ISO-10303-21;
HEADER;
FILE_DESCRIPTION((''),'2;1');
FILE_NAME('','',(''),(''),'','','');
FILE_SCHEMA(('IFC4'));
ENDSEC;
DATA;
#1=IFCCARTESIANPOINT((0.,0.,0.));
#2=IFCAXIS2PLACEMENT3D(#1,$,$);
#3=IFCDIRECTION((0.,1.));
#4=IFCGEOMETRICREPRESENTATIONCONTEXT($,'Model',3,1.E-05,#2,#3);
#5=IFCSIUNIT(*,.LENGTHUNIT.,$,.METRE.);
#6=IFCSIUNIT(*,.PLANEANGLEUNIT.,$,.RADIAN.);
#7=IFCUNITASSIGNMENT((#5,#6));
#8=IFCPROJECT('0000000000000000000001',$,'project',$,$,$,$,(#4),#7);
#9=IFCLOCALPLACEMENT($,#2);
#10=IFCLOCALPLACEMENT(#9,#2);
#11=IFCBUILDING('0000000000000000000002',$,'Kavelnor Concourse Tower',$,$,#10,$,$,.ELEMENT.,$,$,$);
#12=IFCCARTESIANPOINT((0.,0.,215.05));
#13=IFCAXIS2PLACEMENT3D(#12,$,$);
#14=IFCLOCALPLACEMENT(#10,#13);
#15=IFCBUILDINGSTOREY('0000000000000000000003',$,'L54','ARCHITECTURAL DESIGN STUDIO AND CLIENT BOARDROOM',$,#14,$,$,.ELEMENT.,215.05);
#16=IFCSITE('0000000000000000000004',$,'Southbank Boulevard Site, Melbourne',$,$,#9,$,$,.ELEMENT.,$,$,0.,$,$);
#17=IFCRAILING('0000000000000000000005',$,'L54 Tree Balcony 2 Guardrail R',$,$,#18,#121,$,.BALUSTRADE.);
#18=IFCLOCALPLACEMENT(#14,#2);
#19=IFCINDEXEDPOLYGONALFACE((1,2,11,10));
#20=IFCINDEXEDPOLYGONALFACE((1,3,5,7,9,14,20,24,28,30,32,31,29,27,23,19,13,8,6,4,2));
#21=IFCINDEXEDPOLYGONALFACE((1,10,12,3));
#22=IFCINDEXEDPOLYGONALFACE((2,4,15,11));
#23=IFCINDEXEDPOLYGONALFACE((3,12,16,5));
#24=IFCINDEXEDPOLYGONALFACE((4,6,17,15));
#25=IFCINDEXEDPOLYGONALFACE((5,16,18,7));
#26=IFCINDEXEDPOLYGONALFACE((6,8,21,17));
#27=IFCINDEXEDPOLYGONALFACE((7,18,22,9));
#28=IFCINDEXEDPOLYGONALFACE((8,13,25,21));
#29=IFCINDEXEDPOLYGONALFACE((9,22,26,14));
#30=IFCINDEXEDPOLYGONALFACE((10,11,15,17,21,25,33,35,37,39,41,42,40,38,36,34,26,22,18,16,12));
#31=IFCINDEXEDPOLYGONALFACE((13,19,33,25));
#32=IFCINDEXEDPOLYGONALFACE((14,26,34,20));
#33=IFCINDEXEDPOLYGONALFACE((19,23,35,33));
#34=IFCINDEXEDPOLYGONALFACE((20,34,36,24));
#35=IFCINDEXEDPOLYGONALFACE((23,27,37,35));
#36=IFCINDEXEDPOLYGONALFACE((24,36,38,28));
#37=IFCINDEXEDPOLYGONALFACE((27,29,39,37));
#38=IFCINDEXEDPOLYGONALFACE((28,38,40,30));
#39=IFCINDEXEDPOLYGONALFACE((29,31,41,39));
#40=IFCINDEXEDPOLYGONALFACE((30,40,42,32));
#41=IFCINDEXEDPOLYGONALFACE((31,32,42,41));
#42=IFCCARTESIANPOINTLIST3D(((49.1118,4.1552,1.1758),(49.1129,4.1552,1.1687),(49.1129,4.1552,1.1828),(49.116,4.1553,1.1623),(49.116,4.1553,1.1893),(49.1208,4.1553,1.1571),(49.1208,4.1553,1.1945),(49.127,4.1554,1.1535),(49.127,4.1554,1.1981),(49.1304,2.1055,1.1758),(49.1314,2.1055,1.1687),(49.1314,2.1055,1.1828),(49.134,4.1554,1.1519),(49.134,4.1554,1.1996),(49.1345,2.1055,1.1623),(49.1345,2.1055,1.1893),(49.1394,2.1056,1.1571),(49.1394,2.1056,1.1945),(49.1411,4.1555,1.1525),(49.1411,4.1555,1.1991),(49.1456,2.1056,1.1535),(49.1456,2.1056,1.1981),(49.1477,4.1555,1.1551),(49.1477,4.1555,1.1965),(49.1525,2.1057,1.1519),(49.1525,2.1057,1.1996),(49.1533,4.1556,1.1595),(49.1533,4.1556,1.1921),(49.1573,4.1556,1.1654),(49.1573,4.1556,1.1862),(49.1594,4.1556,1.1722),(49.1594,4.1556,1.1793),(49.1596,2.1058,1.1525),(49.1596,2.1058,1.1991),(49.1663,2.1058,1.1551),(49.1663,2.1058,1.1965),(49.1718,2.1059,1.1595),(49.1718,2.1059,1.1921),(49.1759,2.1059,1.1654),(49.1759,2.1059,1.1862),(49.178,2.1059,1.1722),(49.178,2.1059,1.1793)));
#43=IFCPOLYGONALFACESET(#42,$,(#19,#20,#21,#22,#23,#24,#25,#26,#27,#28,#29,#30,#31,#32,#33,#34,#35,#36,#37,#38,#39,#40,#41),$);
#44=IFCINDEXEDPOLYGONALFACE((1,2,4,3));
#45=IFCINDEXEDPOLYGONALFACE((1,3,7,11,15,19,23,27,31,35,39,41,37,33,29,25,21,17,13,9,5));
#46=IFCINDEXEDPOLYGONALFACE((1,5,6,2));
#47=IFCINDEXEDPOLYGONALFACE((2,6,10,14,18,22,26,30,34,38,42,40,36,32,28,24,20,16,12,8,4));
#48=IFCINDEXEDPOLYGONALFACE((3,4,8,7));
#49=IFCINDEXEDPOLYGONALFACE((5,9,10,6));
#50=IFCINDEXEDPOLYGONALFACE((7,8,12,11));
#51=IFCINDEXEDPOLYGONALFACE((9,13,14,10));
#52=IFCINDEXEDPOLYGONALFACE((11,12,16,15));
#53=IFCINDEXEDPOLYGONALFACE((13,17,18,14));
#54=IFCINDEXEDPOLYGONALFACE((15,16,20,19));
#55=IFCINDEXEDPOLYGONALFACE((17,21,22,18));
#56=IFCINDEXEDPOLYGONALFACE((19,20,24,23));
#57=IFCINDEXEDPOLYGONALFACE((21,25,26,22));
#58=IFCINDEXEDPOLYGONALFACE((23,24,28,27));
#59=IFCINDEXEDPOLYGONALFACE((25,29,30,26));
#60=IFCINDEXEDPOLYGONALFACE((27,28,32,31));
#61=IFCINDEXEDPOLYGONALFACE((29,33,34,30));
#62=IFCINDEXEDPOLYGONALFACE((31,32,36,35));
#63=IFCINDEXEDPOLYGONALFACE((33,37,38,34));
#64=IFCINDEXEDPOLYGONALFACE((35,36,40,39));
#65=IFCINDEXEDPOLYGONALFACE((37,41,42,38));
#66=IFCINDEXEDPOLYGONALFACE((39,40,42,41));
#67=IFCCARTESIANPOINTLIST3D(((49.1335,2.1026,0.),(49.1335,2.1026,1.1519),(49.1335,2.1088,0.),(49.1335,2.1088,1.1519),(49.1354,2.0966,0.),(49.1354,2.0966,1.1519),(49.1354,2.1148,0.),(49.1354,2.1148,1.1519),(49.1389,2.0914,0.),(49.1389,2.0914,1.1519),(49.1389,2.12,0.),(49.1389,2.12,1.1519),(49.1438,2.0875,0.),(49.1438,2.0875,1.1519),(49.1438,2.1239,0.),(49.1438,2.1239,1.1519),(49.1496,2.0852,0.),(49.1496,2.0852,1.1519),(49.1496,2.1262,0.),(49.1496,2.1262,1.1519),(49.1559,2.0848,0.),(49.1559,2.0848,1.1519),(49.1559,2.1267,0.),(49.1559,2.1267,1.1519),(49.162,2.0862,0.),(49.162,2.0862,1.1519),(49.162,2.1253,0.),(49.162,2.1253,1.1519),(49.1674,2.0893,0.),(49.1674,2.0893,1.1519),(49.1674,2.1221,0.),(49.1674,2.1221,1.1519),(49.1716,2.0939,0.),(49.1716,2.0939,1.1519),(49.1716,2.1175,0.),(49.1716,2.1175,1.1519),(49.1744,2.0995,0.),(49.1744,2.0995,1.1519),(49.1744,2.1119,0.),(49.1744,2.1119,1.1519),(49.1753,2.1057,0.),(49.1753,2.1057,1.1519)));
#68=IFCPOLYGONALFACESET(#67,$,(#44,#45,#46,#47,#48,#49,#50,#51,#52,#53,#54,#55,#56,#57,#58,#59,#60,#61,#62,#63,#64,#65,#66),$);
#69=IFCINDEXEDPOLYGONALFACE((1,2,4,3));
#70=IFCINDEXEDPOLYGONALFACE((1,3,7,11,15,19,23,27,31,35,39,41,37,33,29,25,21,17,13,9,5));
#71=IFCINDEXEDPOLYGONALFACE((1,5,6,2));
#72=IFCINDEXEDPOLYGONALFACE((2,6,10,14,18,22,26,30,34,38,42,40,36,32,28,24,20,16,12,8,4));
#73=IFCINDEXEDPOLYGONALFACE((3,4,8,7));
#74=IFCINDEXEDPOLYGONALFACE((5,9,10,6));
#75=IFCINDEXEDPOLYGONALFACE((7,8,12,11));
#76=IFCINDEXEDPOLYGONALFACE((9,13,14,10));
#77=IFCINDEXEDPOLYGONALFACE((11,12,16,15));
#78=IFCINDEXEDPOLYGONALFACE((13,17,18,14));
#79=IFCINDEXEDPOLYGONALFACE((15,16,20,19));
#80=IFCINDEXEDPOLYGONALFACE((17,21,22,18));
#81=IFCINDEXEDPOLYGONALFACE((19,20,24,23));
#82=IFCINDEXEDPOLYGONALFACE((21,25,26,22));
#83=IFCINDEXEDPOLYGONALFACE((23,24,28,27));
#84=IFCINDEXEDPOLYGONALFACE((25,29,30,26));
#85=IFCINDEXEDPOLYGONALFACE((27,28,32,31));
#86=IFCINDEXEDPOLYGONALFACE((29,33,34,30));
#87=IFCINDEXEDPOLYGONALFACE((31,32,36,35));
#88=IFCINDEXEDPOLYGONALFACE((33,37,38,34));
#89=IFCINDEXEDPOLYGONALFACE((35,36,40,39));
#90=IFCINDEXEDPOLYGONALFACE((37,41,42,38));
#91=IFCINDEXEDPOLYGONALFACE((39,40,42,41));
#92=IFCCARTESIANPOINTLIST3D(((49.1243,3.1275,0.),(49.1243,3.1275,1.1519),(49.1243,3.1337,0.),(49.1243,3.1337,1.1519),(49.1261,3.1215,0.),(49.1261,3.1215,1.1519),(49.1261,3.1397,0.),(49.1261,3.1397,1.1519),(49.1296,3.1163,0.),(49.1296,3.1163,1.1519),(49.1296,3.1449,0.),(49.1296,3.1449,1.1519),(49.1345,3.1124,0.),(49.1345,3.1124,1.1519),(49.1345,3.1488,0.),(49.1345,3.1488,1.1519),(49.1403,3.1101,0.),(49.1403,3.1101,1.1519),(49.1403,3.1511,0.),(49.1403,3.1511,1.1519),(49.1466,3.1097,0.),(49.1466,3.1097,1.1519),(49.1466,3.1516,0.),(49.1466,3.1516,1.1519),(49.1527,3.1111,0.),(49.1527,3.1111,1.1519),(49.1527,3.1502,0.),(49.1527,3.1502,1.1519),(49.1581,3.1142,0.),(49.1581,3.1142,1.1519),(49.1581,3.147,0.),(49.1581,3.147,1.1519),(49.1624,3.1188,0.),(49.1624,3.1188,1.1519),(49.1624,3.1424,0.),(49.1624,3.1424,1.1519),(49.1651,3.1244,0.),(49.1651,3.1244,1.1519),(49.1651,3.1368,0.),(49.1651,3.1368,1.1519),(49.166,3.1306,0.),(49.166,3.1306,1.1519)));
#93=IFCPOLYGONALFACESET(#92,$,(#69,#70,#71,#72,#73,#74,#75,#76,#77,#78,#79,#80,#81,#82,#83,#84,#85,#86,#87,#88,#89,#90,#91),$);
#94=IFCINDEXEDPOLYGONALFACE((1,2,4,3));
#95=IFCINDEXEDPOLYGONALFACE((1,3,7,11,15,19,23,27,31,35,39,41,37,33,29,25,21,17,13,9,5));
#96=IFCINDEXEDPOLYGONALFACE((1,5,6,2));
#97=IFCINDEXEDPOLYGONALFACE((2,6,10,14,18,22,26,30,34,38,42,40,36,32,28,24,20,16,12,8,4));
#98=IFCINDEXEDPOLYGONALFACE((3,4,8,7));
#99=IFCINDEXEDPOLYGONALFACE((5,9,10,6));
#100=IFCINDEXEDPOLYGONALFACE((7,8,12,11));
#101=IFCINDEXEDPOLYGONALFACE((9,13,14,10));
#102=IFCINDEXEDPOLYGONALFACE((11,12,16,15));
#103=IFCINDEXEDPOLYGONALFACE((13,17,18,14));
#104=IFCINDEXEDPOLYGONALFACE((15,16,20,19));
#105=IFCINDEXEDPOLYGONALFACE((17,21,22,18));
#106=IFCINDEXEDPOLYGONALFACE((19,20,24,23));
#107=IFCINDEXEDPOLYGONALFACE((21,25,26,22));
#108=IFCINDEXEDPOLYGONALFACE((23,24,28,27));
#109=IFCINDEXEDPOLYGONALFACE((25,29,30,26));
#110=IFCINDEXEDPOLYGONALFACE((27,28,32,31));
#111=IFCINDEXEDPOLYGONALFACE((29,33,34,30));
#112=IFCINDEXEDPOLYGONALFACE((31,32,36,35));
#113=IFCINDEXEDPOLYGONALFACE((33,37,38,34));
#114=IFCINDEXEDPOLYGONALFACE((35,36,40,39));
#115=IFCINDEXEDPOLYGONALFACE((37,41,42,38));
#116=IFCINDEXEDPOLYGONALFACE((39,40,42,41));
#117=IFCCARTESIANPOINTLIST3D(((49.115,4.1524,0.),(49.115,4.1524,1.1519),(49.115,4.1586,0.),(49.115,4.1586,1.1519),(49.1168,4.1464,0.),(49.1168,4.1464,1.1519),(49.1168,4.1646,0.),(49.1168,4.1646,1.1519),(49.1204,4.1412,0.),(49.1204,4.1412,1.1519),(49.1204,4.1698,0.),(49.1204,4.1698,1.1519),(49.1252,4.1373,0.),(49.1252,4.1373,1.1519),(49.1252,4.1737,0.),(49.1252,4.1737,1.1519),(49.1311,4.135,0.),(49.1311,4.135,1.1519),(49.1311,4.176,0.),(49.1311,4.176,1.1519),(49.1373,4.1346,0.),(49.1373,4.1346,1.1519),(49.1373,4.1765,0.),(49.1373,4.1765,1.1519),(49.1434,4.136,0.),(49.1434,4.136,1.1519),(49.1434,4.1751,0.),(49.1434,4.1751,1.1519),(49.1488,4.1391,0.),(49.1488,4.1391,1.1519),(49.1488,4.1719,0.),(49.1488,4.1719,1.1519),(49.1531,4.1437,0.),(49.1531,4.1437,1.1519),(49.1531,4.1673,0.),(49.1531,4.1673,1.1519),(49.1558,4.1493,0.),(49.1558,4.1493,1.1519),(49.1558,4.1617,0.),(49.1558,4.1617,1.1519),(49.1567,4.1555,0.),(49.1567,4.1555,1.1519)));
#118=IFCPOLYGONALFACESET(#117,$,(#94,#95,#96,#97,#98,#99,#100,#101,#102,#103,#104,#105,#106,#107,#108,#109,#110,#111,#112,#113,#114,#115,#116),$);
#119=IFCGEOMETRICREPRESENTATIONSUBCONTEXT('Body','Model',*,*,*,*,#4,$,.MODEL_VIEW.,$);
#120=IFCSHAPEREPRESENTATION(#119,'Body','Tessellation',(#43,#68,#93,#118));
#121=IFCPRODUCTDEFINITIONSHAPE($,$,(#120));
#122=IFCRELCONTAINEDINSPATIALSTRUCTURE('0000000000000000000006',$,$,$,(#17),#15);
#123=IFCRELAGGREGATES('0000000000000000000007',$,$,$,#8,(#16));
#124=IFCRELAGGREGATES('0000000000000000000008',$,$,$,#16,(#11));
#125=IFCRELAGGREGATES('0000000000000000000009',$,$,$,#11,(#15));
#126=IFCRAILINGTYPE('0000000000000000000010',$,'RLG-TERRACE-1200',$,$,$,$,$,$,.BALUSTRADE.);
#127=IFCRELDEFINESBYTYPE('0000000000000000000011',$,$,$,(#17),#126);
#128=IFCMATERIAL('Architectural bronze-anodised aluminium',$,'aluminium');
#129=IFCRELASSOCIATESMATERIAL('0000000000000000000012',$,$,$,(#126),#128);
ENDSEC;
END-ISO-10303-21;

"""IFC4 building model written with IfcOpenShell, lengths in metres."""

from ifc_helpers import new_model, si_unit, direction, frame, origin, origin_2d, place, context, subcontext, project, spatial, circle, extrude, material, type_object, element, save


model = new_model("IFC4")

# Units and contexts
model_context = context("Model", 3, precision=1e-05, world=origin(), true_north=direction((0.0, 1.0)))
body_context = subcontext(model_context, "Body", "Model", "MODEL_VIEW")
ifc_project = project(units=[si_unit("LENGTHUNIT", "METRE"), si_unit("PLANEANGLEUNIT", "RADIAN")], contexts=[model_context])

# Site, building, storey
site_placement = place(None, origin())
site = spatial("IfcSite", under=ifc_project, at=site_placement, Name="Southbank Boulevard Site, Melbourne", CompositionType="ELEMENT", RefElevation=0.0)
building_placement = place(site_placement, origin())
building = spatial("IfcBuilding", under=site, at=building_placement, Name="Kavelnor Concourse Tower", CompositionType="ELEMENT")
storey_placement = place(building_placement, frame((0.0, 0.0, 215.05)))
storey = spatial("IfcBuildingStorey", under=building, at=storey_placement, Name="L54", Description="ARCHITECTURAL DESIGN STUDIO AND CLIENT BOARDROOM", CompositionType="ELEMENT", Elevation=215.05)

# Railing
ifc_material_1 = material(Name="Architectural bronze-anodised aluminium", Category="aluminium")
railing_type_1 = type_object("IfcRailingType", Name="RLG-TERRACE-1200", PredefinedType="BALUSTRADE", material=ifc_material_1)
railing_1_placement = place(storey_placement, frame((49.1543, 2.1057, 0.0)))
element("IfcRailing", 1, at=railing_1_placement, inside=storey, type_object=railing_type_1, Name="L54 Tree Balcony 2 Guardrail R", PredefinedType="BALUSTRADE", context=body_context, shape_type="SweptSolid", body=[
    extrude(circle(Radius=0.0239, at=origin_2d()), frame((0.0, 0.0, 1.1758), z_axis=(-0.009052, 0.999959, 0.0), x_axis=(-0.999959, -0.009052, 0.0)), (0.0, 0.0, 1.0), 2.0498),
    extrude(circle(Radius=0.021, at=origin_2d()), origin(), (0.0, 0.0, 1.0), 1.1519),
    extrude(circle(Radius=0.021, at=origin_2d()), frame((-0.0093, 1.0249, 0.0)), (0.0, 0.0, 1.0), 1.1519),
    extrude(circle(Radius=0.021, at=origin_2d()), frame((-0.0186, 2.0498, 0.0)), (0.0, 0.0, 1.0), 1.1519),
])

save(model, "model.ifc")
